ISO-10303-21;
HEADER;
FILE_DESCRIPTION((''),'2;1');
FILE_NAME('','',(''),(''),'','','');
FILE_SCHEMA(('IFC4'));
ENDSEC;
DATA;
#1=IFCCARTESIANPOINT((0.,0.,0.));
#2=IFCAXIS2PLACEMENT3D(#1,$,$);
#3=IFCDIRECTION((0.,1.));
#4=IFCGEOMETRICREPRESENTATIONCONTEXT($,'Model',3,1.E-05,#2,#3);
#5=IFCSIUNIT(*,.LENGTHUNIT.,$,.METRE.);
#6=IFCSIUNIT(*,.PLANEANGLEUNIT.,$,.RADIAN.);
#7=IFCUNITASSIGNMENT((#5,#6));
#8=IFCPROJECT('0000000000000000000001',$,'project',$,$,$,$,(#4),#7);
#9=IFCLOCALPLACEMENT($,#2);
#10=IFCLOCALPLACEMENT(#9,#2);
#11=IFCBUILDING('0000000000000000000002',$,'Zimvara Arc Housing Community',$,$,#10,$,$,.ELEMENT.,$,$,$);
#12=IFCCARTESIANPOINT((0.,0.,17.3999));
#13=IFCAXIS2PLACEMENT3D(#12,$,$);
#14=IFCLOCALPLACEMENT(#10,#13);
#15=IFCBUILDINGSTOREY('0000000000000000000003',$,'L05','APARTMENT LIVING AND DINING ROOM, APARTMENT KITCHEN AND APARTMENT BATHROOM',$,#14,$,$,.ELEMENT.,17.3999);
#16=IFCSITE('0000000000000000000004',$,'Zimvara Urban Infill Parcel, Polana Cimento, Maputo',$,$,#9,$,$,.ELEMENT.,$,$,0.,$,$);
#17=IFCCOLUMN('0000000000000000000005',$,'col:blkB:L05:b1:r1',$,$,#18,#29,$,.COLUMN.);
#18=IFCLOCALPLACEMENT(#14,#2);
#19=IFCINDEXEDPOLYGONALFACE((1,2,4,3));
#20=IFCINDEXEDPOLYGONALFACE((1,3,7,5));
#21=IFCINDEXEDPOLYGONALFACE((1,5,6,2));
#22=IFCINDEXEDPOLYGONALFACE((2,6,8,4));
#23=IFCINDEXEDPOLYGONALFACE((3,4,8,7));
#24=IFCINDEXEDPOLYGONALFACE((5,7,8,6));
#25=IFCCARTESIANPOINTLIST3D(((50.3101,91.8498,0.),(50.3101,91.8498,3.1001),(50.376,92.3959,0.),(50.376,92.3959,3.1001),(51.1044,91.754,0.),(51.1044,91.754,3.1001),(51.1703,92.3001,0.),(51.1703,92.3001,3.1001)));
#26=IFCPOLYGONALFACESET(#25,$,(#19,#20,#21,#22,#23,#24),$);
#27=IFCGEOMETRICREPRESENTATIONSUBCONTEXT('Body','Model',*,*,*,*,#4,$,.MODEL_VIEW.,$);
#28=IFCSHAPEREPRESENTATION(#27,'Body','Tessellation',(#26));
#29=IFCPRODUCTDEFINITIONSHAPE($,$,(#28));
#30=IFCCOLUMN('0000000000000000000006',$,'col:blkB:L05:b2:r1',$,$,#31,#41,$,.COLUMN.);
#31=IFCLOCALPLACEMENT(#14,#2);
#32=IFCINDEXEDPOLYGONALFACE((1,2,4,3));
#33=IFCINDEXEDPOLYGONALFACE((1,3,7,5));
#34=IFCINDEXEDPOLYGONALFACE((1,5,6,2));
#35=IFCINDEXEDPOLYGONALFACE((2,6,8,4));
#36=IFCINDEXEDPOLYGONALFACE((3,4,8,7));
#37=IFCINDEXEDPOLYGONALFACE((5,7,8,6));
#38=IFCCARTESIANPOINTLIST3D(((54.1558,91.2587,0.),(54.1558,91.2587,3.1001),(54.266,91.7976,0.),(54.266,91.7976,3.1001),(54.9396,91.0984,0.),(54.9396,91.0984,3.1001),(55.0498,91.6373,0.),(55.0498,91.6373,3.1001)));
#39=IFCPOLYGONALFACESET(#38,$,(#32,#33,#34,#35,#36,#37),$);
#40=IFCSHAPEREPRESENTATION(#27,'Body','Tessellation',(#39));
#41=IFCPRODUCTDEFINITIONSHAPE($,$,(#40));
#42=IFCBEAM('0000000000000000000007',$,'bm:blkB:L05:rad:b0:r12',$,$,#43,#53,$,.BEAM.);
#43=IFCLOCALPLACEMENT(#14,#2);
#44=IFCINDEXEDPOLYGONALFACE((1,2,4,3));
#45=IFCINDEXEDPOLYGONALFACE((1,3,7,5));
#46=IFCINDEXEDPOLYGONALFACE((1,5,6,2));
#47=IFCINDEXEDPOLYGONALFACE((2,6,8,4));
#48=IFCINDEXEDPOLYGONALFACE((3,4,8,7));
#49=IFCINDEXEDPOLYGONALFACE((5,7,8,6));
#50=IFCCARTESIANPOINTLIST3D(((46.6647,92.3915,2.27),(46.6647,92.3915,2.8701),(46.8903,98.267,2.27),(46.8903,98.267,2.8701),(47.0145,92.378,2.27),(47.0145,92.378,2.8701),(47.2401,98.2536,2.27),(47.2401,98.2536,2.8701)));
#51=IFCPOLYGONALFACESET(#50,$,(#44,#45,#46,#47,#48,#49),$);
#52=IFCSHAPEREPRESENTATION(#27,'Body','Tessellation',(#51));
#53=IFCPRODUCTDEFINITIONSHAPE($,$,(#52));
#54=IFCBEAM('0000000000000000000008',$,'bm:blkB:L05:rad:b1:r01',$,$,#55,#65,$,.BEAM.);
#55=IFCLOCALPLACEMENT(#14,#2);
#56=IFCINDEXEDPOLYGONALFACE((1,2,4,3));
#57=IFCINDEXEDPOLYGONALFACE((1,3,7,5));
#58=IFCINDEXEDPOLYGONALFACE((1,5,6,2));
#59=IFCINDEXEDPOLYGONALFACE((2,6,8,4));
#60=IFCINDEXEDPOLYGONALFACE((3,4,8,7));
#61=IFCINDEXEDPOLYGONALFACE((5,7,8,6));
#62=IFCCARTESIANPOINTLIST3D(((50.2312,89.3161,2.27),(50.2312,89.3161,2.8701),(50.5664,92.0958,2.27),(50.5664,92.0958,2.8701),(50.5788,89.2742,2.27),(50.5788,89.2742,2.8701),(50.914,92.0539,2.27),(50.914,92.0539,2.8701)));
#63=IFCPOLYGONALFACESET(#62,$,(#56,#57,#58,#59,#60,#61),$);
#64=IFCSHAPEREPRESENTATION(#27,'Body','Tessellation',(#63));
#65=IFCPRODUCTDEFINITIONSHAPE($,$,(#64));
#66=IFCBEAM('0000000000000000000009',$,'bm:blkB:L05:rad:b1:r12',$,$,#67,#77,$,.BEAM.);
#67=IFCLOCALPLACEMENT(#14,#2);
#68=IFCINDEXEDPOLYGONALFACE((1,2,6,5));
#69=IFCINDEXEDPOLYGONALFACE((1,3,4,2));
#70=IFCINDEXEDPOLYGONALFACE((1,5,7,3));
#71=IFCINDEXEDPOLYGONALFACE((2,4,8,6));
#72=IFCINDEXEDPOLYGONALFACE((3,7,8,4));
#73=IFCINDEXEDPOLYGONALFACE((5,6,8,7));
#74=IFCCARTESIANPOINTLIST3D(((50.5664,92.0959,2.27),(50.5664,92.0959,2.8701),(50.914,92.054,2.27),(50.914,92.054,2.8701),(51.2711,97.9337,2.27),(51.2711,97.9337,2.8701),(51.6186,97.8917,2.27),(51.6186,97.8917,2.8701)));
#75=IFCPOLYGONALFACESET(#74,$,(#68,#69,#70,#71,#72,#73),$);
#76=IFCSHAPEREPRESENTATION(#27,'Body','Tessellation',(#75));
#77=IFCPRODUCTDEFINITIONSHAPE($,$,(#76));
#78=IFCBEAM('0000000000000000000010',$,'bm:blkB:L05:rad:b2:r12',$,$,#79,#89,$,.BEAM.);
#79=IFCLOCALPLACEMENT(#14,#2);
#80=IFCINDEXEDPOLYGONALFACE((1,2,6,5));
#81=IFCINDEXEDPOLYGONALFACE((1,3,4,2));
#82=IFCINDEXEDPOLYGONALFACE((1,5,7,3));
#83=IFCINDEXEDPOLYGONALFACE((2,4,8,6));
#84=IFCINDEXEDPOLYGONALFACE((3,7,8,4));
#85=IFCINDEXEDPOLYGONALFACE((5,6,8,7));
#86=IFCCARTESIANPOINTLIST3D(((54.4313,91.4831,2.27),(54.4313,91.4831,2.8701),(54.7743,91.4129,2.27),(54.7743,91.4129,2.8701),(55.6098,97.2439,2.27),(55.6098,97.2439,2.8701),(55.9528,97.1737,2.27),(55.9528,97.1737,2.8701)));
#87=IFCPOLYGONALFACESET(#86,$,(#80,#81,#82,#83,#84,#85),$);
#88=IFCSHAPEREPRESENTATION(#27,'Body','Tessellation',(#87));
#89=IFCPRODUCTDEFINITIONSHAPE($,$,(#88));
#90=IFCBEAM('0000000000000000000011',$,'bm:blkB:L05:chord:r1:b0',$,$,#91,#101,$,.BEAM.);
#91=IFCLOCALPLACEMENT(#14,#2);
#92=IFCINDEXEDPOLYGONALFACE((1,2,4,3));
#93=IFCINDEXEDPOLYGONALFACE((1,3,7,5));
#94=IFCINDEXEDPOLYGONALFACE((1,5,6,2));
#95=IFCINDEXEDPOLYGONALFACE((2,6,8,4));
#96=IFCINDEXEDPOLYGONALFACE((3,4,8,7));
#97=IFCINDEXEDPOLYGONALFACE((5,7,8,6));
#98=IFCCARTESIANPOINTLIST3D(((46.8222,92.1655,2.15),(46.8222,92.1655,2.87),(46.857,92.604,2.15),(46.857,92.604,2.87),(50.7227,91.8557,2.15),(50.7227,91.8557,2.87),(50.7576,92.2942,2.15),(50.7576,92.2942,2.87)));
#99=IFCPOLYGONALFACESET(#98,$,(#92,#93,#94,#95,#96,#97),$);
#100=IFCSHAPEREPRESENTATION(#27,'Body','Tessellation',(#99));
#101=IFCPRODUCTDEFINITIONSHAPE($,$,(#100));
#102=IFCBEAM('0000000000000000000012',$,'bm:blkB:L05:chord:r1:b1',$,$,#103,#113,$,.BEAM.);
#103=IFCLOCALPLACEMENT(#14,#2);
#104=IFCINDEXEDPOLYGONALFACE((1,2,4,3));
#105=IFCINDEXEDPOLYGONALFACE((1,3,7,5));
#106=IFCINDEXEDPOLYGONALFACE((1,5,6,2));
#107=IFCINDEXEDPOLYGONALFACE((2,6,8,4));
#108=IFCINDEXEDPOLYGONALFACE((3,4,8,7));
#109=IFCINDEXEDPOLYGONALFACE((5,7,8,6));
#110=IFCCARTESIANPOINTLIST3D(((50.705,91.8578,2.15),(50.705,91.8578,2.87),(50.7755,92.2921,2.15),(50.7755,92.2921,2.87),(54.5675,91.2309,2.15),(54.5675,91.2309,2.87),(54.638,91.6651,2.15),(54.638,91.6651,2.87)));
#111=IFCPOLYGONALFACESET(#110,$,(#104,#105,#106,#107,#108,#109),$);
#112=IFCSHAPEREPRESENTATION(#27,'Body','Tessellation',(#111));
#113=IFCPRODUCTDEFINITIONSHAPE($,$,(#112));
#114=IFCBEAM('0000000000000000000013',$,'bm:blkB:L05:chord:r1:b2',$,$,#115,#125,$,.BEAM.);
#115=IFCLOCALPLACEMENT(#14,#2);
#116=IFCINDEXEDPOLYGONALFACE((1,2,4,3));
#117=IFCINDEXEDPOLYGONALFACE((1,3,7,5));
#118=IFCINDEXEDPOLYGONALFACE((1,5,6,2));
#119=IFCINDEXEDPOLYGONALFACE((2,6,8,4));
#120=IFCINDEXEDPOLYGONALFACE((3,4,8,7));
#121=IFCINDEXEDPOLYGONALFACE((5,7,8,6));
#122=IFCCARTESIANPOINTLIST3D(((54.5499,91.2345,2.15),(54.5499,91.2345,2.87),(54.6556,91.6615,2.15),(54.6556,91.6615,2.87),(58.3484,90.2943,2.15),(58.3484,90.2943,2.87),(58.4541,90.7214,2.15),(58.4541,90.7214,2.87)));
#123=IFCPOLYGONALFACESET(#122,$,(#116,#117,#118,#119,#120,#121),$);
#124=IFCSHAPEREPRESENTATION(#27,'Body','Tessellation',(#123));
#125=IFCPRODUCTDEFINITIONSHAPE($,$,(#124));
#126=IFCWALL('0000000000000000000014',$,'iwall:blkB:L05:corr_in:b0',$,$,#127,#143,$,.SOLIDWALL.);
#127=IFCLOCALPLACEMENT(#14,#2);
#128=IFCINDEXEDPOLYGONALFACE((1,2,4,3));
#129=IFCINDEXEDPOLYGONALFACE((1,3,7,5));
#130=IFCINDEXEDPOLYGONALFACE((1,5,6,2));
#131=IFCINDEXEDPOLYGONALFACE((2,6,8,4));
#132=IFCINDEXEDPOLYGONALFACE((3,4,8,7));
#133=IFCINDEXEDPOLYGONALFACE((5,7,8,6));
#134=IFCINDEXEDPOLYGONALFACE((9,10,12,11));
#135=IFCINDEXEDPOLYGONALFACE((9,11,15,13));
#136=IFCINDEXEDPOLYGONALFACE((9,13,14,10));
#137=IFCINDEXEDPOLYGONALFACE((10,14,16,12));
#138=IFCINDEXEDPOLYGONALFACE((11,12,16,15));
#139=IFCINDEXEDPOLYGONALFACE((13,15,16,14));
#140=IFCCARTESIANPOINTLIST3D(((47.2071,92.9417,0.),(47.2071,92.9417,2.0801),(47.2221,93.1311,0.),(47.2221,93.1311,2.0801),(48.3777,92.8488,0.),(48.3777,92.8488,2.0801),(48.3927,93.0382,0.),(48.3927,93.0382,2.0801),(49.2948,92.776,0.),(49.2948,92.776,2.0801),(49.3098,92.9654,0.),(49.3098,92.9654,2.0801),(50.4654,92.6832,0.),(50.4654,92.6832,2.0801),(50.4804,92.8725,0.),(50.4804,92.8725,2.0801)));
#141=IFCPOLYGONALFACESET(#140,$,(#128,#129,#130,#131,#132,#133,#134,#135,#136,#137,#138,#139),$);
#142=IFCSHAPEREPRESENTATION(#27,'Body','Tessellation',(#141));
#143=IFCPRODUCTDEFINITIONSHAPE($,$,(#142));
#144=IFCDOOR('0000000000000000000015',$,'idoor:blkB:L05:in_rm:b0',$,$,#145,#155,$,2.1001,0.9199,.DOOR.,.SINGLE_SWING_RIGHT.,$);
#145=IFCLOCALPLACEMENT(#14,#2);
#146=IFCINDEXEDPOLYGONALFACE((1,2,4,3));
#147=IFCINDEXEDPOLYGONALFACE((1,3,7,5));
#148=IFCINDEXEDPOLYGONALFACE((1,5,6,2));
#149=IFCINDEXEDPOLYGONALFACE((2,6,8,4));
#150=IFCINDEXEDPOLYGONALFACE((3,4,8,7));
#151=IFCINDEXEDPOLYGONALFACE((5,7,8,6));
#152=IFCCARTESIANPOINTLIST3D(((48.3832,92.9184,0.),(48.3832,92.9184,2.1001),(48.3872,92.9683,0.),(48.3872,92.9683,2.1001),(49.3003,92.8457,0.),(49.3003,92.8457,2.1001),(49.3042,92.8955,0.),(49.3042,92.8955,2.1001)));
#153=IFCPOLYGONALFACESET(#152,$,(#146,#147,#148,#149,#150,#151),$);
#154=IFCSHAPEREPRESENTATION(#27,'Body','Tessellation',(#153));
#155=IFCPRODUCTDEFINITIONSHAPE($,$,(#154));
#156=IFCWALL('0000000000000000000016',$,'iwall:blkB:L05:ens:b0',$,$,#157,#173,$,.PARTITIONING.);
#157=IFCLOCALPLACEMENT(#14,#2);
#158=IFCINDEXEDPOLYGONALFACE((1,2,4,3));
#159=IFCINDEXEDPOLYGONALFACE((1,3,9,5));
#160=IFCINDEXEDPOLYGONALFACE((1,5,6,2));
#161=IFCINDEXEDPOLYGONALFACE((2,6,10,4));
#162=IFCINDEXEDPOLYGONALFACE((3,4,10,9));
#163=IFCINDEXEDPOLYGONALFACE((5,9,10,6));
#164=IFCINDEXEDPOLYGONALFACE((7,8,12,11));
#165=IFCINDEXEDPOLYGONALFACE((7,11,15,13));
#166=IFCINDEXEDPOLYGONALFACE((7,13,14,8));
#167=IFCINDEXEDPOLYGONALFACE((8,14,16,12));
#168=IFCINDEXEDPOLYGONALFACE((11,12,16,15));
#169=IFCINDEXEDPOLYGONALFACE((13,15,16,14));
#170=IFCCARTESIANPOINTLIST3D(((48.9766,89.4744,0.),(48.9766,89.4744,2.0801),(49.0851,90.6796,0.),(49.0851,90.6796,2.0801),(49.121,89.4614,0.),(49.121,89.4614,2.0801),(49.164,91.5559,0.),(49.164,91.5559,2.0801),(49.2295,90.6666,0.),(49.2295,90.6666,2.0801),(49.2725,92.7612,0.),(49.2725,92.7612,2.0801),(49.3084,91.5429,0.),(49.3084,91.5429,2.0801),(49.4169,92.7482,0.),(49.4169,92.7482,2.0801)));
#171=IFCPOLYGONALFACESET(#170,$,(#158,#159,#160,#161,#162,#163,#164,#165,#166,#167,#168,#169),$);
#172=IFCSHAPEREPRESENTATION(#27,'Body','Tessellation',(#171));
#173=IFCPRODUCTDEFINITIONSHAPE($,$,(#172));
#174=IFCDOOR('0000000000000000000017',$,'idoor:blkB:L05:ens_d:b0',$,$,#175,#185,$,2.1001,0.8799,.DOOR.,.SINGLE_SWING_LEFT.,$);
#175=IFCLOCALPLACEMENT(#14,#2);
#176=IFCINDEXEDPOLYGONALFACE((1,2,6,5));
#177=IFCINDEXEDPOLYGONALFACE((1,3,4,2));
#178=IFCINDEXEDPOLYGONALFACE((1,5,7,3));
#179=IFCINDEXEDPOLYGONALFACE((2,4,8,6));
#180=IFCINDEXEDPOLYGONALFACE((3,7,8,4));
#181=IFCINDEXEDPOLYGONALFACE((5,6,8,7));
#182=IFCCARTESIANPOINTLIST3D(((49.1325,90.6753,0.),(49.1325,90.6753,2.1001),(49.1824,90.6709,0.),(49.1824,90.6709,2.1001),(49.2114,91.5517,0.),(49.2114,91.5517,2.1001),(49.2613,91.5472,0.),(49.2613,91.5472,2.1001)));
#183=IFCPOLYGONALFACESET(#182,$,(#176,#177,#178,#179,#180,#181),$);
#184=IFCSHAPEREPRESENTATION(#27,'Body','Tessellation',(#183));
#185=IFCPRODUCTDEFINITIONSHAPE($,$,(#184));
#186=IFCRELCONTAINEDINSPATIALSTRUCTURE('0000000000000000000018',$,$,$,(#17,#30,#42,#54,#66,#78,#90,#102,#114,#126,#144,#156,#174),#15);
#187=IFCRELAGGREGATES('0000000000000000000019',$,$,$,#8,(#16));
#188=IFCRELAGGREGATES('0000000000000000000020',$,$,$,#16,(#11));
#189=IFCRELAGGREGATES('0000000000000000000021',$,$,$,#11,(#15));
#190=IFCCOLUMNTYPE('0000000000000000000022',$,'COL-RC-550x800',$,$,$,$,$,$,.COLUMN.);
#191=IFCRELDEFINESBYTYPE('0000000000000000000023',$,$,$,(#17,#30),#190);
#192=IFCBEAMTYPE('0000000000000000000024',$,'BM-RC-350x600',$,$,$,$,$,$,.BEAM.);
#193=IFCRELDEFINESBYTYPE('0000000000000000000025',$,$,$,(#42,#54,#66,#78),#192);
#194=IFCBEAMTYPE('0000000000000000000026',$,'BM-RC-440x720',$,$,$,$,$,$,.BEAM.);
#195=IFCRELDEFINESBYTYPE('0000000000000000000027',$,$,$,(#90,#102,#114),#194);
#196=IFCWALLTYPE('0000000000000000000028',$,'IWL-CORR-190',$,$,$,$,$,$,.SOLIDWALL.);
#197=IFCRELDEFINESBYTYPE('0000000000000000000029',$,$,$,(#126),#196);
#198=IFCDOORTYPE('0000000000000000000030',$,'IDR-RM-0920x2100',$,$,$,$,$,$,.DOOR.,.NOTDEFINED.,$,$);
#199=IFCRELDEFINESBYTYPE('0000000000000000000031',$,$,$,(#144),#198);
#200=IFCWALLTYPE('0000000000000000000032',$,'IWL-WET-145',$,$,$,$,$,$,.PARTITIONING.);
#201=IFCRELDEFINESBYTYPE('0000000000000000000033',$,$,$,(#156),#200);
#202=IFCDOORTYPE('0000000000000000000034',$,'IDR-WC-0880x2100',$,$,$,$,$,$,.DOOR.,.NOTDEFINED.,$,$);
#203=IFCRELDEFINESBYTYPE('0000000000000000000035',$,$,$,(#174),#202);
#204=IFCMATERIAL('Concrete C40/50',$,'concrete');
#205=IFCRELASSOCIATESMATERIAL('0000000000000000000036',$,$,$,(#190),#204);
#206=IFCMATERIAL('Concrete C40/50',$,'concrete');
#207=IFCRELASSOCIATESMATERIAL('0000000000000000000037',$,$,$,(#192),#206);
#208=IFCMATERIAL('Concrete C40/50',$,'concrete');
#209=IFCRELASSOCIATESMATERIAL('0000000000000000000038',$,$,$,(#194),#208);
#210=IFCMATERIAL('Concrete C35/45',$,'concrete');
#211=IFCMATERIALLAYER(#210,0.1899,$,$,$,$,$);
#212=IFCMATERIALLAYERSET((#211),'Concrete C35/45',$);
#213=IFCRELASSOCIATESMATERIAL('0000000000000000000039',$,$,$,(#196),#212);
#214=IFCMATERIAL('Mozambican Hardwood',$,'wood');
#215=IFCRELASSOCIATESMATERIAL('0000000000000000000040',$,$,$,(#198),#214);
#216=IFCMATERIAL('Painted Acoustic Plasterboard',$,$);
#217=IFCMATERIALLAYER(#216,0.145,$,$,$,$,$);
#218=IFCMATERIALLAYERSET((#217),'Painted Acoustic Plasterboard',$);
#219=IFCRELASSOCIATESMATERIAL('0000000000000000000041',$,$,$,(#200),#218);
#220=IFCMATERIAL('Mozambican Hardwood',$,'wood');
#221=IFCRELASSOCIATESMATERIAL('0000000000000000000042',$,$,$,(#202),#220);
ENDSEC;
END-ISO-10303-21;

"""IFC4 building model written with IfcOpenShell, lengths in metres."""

from ifc_helpers import new_model, si_unit, direction, frame, frame_2d, origin, origin_2d, place, context, subcontext, project, spatial, rectangle, extrude, material, layer, layer_set, material_profile, profile_set, type_object, element, fill, save


model = new_model("IFC4")

# Units and contexts
model_context = context("Model", 3, precision=1e-05, world=origin(), true_north=direction((0.0, 1.0)))
body_context = subcontext(model_context, "Body", "Model", "MODEL_VIEW")
ifc_project = project(units=[si_unit("LENGTHUNIT", "METRE"), si_unit("PLANEANGLEUNIT", "RADIAN")], contexts=[model_context])

# Site, building, storey
site_placement = place(None, origin())
site = spatial("IfcSite", under=ifc_project, at=site_placement, Name="Zimvara Urban Infill Parcel, Polana Cimento, Maputo", CompositionType="ELEMENT", RefElevation=0.0)
building_placement = place(site_placement, origin())
building = spatial("IfcBuilding", under=site, at=building_placement, Name="Zimvara Arc Housing Community", CompositionType="ELEMENT")
storey_placement = place(building_placement, frame((0.0, 0.0, 17.3999)))
storey = spatial("IfcBuildingStorey", under=building, at=storey_placement, Name="L05", Description="APARTMENT LIVING AND DINING ROOM, APARTMENT KITCHEN AND APARTMENT BATHROOM", CompositionType="ELEMENT", Elevation=17.3999)

# Columns
ifc_material_1 = material(Name="Concrete C40/50", Category="concrete")
ifc_material_profile_1 = material_profile(ifc_material_1, rectangle(XDim=0.55, YDim=0.8, at=origin_2d()), Name="RC 550x800")
ifc_profile_set_1 = profile_set([ifc_material_profile_1], Name="Concrete C40/50")
column_type = type_object("IfcColumnType", Name="COL-RC-550x800", PredefinedType="COLUMN", material=ifc_profile_set_1)
for number, where, z_axis, x_axis, name in (
    (1, (50.7402, 92.075, 0.0), (0.0, 0.0, 1.0), (0.11979, 0.992799, 0.0), "col:blkB:L05:b1:r1"),
    (2, (54.6028, 91.448, 0.0), (0.0, 0.0, 1.0), (0.200394, 0.979715, 0.0), "col:blkB:L05:b2:r1"),
):
    element("IfcColumn", number, at=place(storey_placement, frame(where, z_axis=z_axis, x_axis=x_axis)), inside=storey, type_object=column_type, Name=name, PredefinedType="COLUMN", context=body_context, shape_type="SweptSolid", body=[
        extrude(rectangle(XDim=0.55, YDim=0.8, at=origin_2d()), origin(), (0.0, 0.0, 1.0), 3.1001),
    ])

# Beams
ifc_material_2 = material(Name="Concrete C40/50", Category="concrete")
ifc_material_profile_2 = material_profile(ifc_material_2, rectangle(XDim=0.3501, YDim=0.6001, at=origin_2d()), Name="RC 350x600")
ifc_profile_set_2 = profile_set([ifc_material_profile_2], Name="Concrete C40/50")
beam_type_1 = type_object("IfcBeamType", Name="BM-RC-350x600", PredefinedType="BEAM", material=ifc_profile_set_2)
beam_1_placement = place(storey_placement, frame((46.8396, 92.3848, 2.5701), z_axis=(0.038366, 0.999264, 0.0), x_axis=(-0.999264, 0.038366, 0.0)))
element("IfcBeam", 3, at=beam_1_placement, inside=storey, type_object=beam_type_1, Name="bm:blkB:L05:rad:b0:r12", PredefinedType="BEAM", context=body_context, shape_type="SweptSolid", body=[
    extrude(rectangle(XDim=0.3501, YDim=0.6001, at=origin_2d()), origin(), (0.0, 0.0, 1.0), 5.8799),
])
beam_2_placement = place(storey_placement, frame((50.405, 89.2952, 2.5701), z_axis=(0.119719, 0.992808, 0.0), x_axis=(-0.992808, 0.119719, 0.0)))
element("IfcBeam", 4, at=beam_2_placement, inside=storey, type_object=beam_type_1, Name="bm:blkB:L05:rad:b1:r01", PredefinedType="BEAM", context=body_context, shape_type="SweptSolid", body=[
    extrude(rectangle(XDim=0.3501, YDim=0.6001, at=origin_2d()), origin(), (0.0, 0.0, 1.0), 2.7998),
])
for number, where, z_axis, x_axis, name in (
    (5, (50.7402, 92.075, 2.5701), (0.119828, 0.992795, 0.0), (-0.992795, 0.119828, 0.0), "bm:blkB:L05:rad:b1:r12"),
    (6, (54.6028, 91.448, 2.5701), (0.200418, 0.97971, 0.0), (-0.97971, 0.200418, 0.0), "bm:blkB:L05:rad:b2:r12"),
):
    element("IfcBeam", number, at=place(storey_placement, frame(where, z_axis=z_axis, x_axis=x_axis)), inside=storey, type_object=beam_type_1, Name=name, PredefinedType="BEAM", context=body_context, shape_type="SweptSolid", body=[
        extrude(rectangle(XDim=0.3501, YDim=0.6001, at=origin_2d()), origin(), (0.0, 0.0, 1.0), 5.8801),
    ])
ifc_material_3 = material(Name="Concrete C40/50", Category="concrete")
ifc_material_profile_3 = material_profile(ifc_material_3, rectangle(XDim=0.4399, YDim=0.72, at=origin_2d()), Name="RC 440x720")
ifc_profile_set_3 = profile_set([ifc_material_profile_3], Name="Concrete C40/50")
beam_type_2 = type_object("IfcBeamType", Name="BM-RC-440x720", PredefinedType="BEAM", material=ifc_profile_set_3)
beam_3_placement = place(storey_placement, frame((46.8396, 92.3848, 2.51), z_axis=(0.996861, -0.079177, 0.0), x_axis=(0.079177, 0.996861, 0.0)))
element("IfcBeam", 7, at=beam_3_placement, inside=storey, type_object=beam_type_2, Name="bm:blkB:L05:chord:r1:b0", PredefinedType="BEAM", context=body_context, shape_type="SweptSolid", body=[
    extrude(rectangle(XDim=0.4399, YDim=0.72, at=origin_2d()), origin(), (0.0, 0.0, 1.0), 3.9128),
])
for number, where, z_axis, x_axis, name in (
    (8, (50.7402, 92.075, 2.51), (0.987081, -0.160219, 0.0), (0.160219, 0.987081, 0.0), "bm:blkB:L05:chord:r1:b1"),
    (9, (54.6028, 91.448, 2.51), (0.970709, -0.24026, 0.0), (0.24026, 0.970709, 0.0), "bm:blkB:L05:chord:r1:b2"),
):
    element("IfcBeam", number, at=place(storey_placement, frame(where, z_axis=z_axis, x_axis=x_axis)), inside=storey, type_object=beam_type_2, Name=name, PredefinedType="BEAM", context=body_context, shape_type="SweptSolid", body=[
        extrude(rectangle(XDim=0.4399, YDim=0.72, at=origin_2d()), origin(), (0.0, 0.0, 1.0), 3.9131),
    ])

# Walls, openings, doors
ifc_material_4 = material(Name="Concrete C35/45", Category="concrete")
ifc_layer_1 = layer(ifc_material_4, 0.1899)
ifc_layer_set_1 = layer_set([ifc_layer_1], Name="Concrete C35/45")
wall_type_1 = type_object("IfcWallType", Name="IWL-CORR-190", PredefinedType="SOLIDWALL", material=ifc_layer_set_1)
wall_1_placement = place(storey_placement, frame((47.2146, 93.0364, 0.0), z_axis=(0.0, 0.0, 1.0), x_axis=(0.996867, -0.079101, 0.0)))
wall_1 = element("IfcWall", 10, at=wall_1_placement, inside=storey, type_object=wall_type_1, Name="iwall:blkB:L05:corr_in:b0", PredefinedType="SOLIDWALL", context=body_context, shape_type="SweptSolid", body=[
    extrude(rectangle(XDim=3.2686, YDim=0.1899, at=frame_2d((1.6343, 0.0))), origin(), (0.0, 0.0, 1.0), 2.0801),
])
opening_1_placement = place(wall_1_placement, frame((1.1743, 0.0, 0.0)))
opening_1 = element("IfcOpeningElement", 11, at=opening_1_placement, cuts=wall_1, PredefinedType="OPENING", context=body_context, shape_type="SweptSolid", body=[
    extrude(rectangle(XDim=0.9199, YDim=2.1001, at=frame_2d((0.46, 1.05))), frame((0.0, 0.105, 0.0), z_axis=(0.0, -1.0, 0.0), x_axis=(1.0, 0.0, 0.0)), (0.0, 0.0, 1.0), 0.21),
])
ifc_material_5 = material(Name="Mozambican Hardwood", Category="wood")
door_type_1 = type_object("IfcDoorType", Name="IDR-RM-0920x2100", OperationType="NOTDEFINED", PredefinedType="DOOR", material=ifc_material_5)
door_1_placement = place(opening_1_placement, origin())
door_1 = element("IfcDoor", 12, at=door_1_placement, inside=storey, type_object=door_type_1, Name="idoor:blkB:L05:in_rm:b0", OperationType="SINGLE_SWING_RIGHT", OverallHeight=2.1001, OverallWidth=0.9199, PredefinedType="DOOR", context=body_context, shape_type="SweptSolid", body=[
    extrude(rectangle(XDim=0.9199, YDim=2.1001, at=frame_2d((0.46, 1.05))), frame((0.0, 0.0249, 0.0), z_axis=(0.0, -1.0, 0.0), x_axis=(1.0, 0.0, 0.0)), (0.0, 0.0, 1.0), 0.05),
])
fill(opening_1, door_1)
ifc_material_6 = material(Name="Painted Acoustic Plasterboard")
ifc_layer_2 = layer(ifc_material_6, 0.145)
ifc_layer_set_2 = layer_set([ifc_layer_2], Name="Painted Acoustic Plasterboard")
wall_type_2 = type_object("IfcWallType", Name="IWL-WET-145", PredefinedType="PARTITIONING", material=ifc_layer_set_2)
wall_2_placement = place(storey_placement, frame((49.0488, 89.468, 0.0), z_axis=(0.0, 0.0, 1.0), x_axis=(0.089662, 0.995972, 0.0)))
wall_2 = element("IfcWall", 13, at=wall_2_placement, inside=storey, type_object=wall_type_2, Name="iwall:blkB:L05:ens:b0", PredefinedType="PARTITIONING", context=body_context, shape_type="SweptSolid", body=[
    extrude(rectangle(XDim=3.3, YDim=0.145, at=frame_2d((1.6499, 0.0))), origin(), (0.0, 0.0, 1.0), 2.0801),
])
opening_2_placement = place(wall_2_placement, frame((1.21, 0.0, 0.0)))
opening_2 = element("IfcOpeningElement", 14, at=opening_2_placement, cuts=wall_2, PredefinedType="OPENING", context=body_context, shape_type="SweptSolid", body=[
    extrude(rectangle(XDim=0.8799, YDim=2.1001, at=frame_2d((0.4399, 1.05))), frame((0.0, 0.0825, 0.0), z_axis=(0.0, -1.0, 0.0), x_axis=(1.0, 0.0, 0.0)), (0.0, 0.0, 1.0), 0.165),
])
ifc_material_7 = material(Name="Mozambican Hardwood", Category="wood")
door_type_2 = type_object("IfcDoorType", Name="IDR-WC-0880x2100", OperationType="NOTDEFINED", PredefinedType="DOOR", material=ifc_material_7)
door_2_placement = place(opening_2_placement, origin())
door_2 = element("IfcDoor", 15, at=door_2_placement, inside=storey, type_object=door_type_2, Name="idoor:blkB:L05:ens_d:b0", OperationType="SINGLE_SWING_LEFT", OverallHeight=2.1001, OverallWidth=0.8799, PredefinedType="DOOR", context=body_context, shape_type="SweptSolid", body=[
    extrude(rectangle(XDim=0.8799, YDim=2.1001, at=frame_2d((0.4399, 1.05))), frame((0.0, 0.0249, 0.0), z_axis=(0.0, -1.0, 0.0), x_axis=(1.0, 0.0, 0.0)), (0.0, 0.0, 1.0), 0.05),
])
fill(opening_2, door_2)

save(model, "model.ifc")
